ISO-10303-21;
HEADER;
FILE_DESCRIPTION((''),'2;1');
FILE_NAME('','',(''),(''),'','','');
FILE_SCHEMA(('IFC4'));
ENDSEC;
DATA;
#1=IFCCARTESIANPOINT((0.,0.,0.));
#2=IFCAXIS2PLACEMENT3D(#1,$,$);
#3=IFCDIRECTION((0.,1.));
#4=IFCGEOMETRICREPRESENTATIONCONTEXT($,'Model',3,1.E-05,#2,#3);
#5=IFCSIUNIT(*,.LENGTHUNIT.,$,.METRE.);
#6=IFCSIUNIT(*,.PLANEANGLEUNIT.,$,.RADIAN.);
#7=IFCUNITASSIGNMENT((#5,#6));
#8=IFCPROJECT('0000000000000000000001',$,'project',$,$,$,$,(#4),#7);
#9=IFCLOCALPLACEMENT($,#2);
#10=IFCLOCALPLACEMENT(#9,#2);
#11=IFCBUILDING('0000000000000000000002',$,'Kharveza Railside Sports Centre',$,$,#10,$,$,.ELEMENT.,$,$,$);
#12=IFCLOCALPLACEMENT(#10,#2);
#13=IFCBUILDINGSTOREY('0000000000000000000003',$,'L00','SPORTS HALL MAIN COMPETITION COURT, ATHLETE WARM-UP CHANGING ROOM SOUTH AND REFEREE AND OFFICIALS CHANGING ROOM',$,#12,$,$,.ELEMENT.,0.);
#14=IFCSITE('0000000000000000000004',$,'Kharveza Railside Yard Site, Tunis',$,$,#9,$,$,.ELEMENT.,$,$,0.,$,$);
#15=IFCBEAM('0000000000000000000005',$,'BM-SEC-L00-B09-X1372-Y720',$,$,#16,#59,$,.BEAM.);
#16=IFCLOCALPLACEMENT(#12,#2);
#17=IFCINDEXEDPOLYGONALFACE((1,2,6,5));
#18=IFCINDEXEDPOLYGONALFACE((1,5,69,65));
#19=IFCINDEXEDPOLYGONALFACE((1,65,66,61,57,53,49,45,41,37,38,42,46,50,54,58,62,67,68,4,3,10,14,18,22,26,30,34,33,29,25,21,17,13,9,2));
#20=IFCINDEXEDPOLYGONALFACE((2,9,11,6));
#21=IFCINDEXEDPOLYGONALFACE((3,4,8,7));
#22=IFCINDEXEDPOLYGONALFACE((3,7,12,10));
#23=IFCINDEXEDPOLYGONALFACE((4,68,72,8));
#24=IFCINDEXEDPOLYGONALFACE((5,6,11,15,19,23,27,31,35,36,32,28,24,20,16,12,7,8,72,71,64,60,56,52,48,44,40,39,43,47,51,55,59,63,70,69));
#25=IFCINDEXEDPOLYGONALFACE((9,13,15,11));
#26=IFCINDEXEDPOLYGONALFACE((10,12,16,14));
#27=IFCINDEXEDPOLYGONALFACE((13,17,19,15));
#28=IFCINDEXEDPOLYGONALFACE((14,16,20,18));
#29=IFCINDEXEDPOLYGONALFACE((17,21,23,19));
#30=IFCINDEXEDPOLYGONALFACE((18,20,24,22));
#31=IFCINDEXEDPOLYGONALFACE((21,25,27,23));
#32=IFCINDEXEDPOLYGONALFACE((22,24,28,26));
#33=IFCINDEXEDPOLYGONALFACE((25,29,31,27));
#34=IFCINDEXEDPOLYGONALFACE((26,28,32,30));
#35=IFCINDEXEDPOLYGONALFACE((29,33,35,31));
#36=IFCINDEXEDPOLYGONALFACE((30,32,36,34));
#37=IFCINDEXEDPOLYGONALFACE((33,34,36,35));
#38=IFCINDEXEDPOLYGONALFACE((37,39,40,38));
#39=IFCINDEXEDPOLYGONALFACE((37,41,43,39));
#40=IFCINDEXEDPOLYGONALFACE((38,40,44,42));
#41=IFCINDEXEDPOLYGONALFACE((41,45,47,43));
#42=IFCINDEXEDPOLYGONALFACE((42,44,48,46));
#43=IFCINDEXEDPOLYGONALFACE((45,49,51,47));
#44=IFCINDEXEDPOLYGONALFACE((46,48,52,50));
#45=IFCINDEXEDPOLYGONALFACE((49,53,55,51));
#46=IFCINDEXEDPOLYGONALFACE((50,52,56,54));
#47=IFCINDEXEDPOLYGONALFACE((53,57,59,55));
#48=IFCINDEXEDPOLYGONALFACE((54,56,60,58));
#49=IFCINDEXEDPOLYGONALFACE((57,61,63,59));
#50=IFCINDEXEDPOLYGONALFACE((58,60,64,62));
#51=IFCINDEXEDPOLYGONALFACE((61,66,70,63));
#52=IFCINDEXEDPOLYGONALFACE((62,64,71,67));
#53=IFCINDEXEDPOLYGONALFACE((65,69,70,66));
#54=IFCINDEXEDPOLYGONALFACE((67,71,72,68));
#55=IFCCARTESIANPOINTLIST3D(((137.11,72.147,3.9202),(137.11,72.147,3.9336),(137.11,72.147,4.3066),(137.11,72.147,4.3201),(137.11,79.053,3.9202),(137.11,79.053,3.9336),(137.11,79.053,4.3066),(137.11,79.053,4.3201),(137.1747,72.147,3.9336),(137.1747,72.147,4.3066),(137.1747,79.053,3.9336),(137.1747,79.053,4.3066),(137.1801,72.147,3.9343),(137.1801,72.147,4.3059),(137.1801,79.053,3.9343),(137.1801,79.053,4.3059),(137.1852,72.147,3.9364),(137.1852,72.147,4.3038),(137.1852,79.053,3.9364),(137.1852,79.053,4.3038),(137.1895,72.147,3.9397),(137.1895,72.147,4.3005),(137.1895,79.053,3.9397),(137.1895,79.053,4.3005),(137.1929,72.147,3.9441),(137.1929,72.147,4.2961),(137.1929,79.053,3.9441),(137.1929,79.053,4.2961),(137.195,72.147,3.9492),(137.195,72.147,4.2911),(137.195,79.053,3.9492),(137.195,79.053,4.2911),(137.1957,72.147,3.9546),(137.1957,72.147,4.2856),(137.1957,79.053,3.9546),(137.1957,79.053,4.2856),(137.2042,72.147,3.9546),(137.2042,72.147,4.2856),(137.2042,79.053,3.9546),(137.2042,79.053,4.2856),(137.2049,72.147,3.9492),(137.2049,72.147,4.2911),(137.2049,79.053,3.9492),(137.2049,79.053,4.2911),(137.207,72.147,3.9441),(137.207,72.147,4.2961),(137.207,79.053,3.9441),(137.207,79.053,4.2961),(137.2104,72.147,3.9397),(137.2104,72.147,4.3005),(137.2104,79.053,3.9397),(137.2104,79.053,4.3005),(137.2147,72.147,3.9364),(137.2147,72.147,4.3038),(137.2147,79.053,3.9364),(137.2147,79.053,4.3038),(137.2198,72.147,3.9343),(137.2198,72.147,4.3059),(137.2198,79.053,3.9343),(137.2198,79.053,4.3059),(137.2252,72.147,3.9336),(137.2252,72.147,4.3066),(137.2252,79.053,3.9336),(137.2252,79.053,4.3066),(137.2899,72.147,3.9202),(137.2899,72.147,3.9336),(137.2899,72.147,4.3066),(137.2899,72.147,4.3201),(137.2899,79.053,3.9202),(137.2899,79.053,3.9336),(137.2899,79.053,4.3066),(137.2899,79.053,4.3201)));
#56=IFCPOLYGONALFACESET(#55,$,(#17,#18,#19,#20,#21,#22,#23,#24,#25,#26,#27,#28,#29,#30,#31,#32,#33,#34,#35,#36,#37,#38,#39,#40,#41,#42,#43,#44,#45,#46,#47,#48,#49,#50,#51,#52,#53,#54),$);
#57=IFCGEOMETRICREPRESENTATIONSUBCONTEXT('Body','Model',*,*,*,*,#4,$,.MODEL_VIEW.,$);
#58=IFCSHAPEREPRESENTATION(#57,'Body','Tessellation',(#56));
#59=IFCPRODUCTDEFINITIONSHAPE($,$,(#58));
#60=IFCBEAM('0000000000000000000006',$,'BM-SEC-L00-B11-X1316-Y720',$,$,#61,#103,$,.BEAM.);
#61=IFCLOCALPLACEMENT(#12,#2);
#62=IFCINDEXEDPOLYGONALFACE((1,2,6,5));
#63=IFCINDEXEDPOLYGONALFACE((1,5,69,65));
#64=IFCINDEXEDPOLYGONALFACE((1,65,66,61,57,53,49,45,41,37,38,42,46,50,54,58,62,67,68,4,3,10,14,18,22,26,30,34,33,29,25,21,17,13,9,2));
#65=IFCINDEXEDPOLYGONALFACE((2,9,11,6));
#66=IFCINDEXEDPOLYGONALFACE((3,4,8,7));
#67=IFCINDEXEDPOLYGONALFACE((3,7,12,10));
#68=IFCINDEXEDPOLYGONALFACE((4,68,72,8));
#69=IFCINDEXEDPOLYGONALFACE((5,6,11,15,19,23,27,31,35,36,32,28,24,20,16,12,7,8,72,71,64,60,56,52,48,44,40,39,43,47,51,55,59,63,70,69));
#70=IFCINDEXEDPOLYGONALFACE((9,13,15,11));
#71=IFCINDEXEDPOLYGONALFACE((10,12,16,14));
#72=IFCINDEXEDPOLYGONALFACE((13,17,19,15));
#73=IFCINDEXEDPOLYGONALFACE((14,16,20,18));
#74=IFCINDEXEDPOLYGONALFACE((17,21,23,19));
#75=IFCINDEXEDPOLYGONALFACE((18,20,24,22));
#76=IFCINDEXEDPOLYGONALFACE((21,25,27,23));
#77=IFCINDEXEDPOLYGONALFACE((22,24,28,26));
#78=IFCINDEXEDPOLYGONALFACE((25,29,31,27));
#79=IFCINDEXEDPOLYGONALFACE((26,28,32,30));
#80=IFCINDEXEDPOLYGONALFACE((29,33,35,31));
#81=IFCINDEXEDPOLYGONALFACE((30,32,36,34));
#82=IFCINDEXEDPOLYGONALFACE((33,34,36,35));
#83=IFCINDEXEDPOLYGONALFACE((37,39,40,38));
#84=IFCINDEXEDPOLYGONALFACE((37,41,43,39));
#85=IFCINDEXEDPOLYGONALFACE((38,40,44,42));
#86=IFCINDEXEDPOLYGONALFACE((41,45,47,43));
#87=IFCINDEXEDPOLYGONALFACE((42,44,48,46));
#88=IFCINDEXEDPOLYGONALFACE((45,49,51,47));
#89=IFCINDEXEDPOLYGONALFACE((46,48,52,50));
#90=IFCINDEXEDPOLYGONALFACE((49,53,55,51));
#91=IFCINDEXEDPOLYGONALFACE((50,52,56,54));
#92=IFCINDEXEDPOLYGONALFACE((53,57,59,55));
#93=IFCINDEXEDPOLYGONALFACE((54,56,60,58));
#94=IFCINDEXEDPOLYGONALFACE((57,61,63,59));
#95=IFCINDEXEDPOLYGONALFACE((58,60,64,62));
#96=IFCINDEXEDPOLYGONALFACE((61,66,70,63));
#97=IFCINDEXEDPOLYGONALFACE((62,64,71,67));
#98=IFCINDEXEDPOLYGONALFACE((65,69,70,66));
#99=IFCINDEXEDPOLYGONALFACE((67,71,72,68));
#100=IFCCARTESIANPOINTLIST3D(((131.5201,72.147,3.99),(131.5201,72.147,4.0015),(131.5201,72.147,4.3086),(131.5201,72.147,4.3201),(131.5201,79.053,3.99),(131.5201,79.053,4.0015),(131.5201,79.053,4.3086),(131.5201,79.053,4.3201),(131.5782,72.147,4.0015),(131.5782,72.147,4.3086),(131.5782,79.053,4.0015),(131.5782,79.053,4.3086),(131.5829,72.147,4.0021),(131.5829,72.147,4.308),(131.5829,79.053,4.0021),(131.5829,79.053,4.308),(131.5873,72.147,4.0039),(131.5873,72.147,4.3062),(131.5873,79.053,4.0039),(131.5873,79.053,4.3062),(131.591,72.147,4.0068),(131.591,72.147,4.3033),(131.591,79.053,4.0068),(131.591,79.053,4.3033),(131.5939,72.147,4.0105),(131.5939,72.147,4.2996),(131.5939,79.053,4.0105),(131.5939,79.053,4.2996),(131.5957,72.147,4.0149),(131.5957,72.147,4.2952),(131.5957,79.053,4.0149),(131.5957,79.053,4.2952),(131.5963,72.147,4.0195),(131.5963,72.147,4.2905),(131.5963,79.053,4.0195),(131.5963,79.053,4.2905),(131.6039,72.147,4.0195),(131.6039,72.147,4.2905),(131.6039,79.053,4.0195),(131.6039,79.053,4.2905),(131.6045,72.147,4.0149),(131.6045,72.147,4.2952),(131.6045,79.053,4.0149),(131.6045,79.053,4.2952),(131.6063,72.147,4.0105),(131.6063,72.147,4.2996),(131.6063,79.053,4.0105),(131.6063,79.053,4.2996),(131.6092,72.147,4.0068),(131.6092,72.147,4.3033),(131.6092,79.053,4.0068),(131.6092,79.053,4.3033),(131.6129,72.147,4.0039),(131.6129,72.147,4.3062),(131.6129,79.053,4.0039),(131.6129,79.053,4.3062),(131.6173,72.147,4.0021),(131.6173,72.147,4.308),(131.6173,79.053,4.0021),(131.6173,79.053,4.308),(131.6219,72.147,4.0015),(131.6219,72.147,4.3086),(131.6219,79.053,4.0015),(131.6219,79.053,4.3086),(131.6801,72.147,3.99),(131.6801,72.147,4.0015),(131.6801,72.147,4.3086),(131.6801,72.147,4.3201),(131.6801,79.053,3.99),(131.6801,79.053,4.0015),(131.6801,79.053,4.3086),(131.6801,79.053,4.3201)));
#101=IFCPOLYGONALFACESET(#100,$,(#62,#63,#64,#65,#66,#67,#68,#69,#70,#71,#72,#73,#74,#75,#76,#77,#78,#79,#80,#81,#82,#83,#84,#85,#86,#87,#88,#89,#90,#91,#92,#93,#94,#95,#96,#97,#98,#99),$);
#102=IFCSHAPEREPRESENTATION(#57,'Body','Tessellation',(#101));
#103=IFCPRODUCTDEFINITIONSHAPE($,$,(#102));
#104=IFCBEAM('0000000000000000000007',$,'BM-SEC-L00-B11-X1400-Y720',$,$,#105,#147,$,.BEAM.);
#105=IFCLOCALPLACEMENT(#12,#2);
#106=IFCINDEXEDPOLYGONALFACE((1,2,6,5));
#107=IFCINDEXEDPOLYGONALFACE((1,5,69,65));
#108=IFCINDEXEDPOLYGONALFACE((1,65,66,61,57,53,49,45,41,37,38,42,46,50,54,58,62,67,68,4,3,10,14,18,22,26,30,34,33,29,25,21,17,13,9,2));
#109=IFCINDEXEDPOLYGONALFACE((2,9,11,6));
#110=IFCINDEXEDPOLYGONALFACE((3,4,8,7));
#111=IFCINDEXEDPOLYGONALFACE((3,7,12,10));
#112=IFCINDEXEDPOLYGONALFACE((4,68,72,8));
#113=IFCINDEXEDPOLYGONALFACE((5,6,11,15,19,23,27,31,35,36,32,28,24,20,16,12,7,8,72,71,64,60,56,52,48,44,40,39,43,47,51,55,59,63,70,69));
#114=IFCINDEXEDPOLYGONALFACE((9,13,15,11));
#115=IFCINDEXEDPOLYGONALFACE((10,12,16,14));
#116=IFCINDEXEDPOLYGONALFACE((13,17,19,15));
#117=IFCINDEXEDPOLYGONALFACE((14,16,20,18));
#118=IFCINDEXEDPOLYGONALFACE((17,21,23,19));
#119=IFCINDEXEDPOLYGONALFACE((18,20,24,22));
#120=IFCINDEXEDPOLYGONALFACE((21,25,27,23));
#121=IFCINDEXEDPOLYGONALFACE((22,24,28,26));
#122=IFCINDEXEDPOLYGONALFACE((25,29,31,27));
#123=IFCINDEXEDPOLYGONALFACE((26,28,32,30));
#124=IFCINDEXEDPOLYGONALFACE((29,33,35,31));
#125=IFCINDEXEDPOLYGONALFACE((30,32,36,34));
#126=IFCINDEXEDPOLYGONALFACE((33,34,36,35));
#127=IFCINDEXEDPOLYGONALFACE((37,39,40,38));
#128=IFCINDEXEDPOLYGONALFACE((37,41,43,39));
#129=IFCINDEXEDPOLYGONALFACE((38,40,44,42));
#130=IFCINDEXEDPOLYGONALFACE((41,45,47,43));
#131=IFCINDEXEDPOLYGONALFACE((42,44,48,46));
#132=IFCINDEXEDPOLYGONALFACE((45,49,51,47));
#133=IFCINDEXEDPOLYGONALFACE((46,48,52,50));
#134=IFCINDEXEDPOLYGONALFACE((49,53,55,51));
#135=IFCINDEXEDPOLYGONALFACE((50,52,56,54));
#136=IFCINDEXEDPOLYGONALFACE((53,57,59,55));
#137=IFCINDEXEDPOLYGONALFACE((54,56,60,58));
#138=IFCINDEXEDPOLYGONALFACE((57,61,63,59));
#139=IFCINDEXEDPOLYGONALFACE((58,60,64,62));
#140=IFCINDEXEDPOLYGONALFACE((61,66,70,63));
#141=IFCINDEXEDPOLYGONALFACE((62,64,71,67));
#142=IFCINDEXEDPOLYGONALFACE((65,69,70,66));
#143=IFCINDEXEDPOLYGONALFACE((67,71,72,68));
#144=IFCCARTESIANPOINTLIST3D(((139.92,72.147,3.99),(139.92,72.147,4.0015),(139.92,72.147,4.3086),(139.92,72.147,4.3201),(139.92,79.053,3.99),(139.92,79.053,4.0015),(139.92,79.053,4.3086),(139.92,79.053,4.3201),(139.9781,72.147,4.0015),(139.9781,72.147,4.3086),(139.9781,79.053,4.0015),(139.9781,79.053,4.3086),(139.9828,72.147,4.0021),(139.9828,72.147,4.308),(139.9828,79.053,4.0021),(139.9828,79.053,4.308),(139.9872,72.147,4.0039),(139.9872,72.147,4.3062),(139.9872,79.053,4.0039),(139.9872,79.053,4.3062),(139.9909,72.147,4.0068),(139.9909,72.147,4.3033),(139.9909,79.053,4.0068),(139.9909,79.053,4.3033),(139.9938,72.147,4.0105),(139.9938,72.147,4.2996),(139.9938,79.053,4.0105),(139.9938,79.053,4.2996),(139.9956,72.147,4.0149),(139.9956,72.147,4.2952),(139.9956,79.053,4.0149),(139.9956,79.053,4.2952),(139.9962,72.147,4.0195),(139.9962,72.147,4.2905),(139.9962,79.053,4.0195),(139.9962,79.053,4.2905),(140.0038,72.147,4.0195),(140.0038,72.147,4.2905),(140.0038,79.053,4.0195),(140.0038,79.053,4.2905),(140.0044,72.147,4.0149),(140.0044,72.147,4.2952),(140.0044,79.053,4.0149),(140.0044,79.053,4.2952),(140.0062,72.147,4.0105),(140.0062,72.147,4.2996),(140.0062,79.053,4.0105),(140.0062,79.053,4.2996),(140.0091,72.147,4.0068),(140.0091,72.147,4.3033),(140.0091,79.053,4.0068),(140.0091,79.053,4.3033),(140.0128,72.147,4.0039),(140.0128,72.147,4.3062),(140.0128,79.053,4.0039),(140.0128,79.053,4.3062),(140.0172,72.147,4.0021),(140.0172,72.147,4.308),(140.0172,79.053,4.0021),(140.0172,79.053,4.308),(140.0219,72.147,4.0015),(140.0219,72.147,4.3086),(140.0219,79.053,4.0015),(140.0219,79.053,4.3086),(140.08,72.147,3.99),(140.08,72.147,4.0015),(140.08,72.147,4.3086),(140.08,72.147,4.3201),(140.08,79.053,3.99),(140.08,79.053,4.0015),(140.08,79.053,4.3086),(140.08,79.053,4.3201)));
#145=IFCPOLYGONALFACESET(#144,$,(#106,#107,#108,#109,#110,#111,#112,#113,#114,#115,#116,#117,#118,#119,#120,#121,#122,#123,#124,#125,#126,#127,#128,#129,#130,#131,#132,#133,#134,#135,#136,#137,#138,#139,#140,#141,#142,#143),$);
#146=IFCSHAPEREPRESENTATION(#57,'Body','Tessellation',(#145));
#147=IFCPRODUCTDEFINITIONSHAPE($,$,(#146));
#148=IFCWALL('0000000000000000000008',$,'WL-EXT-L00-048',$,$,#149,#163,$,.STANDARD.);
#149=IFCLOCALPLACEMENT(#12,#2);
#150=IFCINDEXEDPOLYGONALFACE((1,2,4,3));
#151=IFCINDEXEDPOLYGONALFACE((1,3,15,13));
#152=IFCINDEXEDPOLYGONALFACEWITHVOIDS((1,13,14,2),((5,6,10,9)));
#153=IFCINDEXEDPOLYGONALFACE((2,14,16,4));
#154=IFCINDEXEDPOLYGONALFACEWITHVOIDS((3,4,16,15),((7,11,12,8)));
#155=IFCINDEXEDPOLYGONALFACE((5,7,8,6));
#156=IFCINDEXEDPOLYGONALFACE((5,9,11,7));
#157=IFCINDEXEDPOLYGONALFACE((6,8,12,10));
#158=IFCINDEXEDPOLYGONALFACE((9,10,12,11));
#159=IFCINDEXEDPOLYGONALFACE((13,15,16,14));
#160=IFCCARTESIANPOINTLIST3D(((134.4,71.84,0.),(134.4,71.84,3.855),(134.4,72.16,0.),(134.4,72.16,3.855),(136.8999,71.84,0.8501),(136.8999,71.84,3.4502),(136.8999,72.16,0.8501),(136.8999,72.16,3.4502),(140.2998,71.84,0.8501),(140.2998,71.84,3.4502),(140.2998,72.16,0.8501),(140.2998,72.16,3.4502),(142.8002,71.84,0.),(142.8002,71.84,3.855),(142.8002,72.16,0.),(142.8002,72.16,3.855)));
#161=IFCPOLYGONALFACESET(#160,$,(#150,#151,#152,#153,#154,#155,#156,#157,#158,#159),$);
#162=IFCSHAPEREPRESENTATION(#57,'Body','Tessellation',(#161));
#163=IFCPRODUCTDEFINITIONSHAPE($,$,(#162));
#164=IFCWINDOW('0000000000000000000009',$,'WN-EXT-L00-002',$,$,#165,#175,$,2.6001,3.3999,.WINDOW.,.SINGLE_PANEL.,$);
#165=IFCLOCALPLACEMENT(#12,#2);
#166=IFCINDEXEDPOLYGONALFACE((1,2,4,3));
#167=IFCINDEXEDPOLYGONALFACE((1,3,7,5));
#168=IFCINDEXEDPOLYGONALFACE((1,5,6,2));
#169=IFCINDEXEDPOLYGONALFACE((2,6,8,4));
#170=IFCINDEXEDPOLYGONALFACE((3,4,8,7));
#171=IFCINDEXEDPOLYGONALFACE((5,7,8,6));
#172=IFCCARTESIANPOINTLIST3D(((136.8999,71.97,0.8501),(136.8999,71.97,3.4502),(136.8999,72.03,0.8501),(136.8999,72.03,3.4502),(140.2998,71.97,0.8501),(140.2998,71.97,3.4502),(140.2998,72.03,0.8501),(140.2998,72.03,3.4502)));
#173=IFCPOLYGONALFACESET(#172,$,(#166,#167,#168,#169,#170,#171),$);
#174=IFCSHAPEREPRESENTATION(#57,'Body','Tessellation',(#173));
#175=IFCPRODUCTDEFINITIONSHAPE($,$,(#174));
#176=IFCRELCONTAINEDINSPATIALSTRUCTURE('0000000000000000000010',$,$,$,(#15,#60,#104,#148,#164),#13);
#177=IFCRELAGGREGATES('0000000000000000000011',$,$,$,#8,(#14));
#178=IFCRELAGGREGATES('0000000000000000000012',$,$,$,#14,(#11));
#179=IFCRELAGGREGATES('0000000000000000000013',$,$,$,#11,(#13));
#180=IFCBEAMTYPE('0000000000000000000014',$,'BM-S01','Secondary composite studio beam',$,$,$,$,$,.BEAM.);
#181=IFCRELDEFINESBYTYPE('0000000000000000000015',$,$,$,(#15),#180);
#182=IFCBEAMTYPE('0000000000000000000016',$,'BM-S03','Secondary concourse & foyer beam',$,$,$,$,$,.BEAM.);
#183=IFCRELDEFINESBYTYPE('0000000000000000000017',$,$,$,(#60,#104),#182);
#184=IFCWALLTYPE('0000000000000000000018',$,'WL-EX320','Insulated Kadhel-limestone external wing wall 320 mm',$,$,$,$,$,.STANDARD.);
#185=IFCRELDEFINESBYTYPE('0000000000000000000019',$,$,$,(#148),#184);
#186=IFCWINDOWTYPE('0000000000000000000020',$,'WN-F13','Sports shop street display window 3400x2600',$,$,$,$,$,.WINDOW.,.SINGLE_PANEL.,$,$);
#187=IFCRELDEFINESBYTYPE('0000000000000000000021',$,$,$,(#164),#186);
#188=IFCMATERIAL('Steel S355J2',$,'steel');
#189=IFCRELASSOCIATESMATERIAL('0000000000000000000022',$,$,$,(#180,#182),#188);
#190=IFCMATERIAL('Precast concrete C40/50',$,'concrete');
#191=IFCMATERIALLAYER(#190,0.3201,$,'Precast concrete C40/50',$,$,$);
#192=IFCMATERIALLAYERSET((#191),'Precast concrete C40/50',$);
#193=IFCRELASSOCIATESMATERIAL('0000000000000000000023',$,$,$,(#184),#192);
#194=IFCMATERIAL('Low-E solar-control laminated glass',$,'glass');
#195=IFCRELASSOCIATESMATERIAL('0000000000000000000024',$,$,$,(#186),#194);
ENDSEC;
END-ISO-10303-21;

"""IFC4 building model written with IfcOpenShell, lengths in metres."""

from ifc_helpers import new_model, si_unit, direction, frame, frame_2d, origin, origin_2d, place, context, subcontext, project, spatial, rectangle, i_section, extrude, material, layer, layer_set, material_profile, profile_set, type_object, element, fill, save


model = new_model("IFC4")

# Units and contexts
model_context = context("Model", 3, precision=1e-05, world=origin(), true_north=direction((0.0, 1.0)))
body_context = subcontext(model_context, "Body", "Model", "MODEL_VIEW")
ifc_project = project(units=[si_unit("LENGTHUNIT", "METRE"), si_unit("PLANEANGLEUNIT", "RADIAN")], contexts=[model_context])

# Site, building, storey
site_placement = place(None, origin())
site = spatial("IfcSite", under=ifc_project, at=site_placement, Name="Kharveza Railside Yard Site, Tunis", CompositionType="ELEMENT", RefElevation=0.0)
building_placement = place(site_placement, origin())
building = spatial("IfcBuilding", under=site, at=building_placement, Name="Kharveza Railside Sports Centre", CompositionType="ELEMENT")
storey_placement = place(building_placement, origin())
storey = spatial("IfcBuildingStorey", under=building, at=storey_placement, Name="L00", Description="SPORTS HALL MAIN COMPETITION COURT, ATHLETE WARM-UP CHANGING ROOM SOUTH AND REFEREE AND OFFICIALS CHANGING ROOM", CompositionType="ELEMENT", Elevation=0.0)

# Shared definitions
ifc_material_1 = material(Name="Steel S355J2", Category="steel")

# Beams
ifc_material_profile_1 = material_profile(ifc_material_1, i_section(OverallWidth=0.1799, OverallDepth=0.3999, WebThickness=0.0085, FlangeThickness=0.0134, FilletRadius=0.021, at=origin_2d()), Name="IPE 400")
ifc_profile_set_1 = profile_set([ifc_material_profile_1], Name="Steel S355J2")
beam_type_1 = type_object("IfcBeamType", Name="BM-S01", Description="Secondary composite studio beam", PredefinedType="BEAM", material=ifc_profile_set_1)
for number, where, z_axis, x_axis, name in (
    (1, (137.2, 72.147, 4.1201), (0.0, 1.0, 0.0), (-1.0, 0.0, 0.0), "BM-SEC-L00-B09-X1372-Y720"),
):
    element("IfcBeam", number, at=place(storey_placement, frame(where, z_axis=z_axis, x_axis=x_axis)), inside=storey, type_object=beam_type_1, Name=name, PredefinedType="BEAM", context=body_context, shape_type="SweptSolid", body=[
        extrude(i_section(OverallWidth=0.1799, OverallDepth=0.3999, WebThickness=0.0085, FlangeThickness=0.0134, FilletRadius=0.021, at=origin_2d()), origin(), (0.0, 0.0, 1.0), 6.906),
    ])
ifc_material_profile_2 = material_profile(ifc_material_1, i_section(OverallWidth=0.1599, OverallDepth=0.3301, WebThickness=0.0076, FlangeThickness=0.0115, FilletRadius=0.0181, at=origin_2d()), Name="IPE 330")
ifc_profile_set_2 = profile_set([ifc_material_profile_2], Name="Steel S355J2")
beam_type_2 = type_object("IfcBeamType", Name="BM-S03", Description="Secondary concourse & foyer beam", PredefinedType="BEAM", material=ifc_profile_set_2)
for number, where, z_axis, x_axis, name in (
    (2, (131.6001, 72.147, 4.155), (0.0, 1.0, 0.0), (-1.0, 0.0, 0.0), "BM-SEC-L00-B11-X1316-Y720"),
    (3, (140.0, 72.147, 4.155), (0.0, 1.0, 0.0), (-1.0, 0.0, 0.0), "BM-SEC-L00-B11-X1400-Y720"),
):
    element("IfcBeam", number, at=place(storey_placement, frame(where, z_axis=z_axis, x_axis=x_axis)), inside=storey, type_object=beam_type_2, Name=name, PredefinedType="BEAM", context=body_context, shape_type="SweptSolid", body=[
        extrude(i_section(OverallWidth=0.1599, OverallDepth=0.3301, WebThickness=0.0076, FlangeThickness=0.0115, FilletRadius=0.0181, at=origin_2d()), origin(), (0.0, 0.0, 1.0), 6.906),
    ])

# Wall, opening, window
ifc_material_2 = material(Name="Precast concrete C40/50", Category="concrete")
ifc_layer_1 = layer(ifc_material_2, 0.3201, Name="Precast concrete C40/50")
ifc_layer_set_1 = layer_set([ifc_layer_1], Name="Precast concrete C40/50")
wall_type_1 = type_object("IfcWallType", Name="WL-EX320", Description="Insulated Kadhel-limestone external wing wall 320 mm", PredefinedType="STANDARD", material=ifc_layer_set_1)
wall_1_placement = place(storey_placement, frame((134.3999, 72.0, 0.0), z_axis=(0.0, 0.0, 1.0), x_axis=(1.0, 0.0, 0.0)))
wall_1 = element("IfcWall", 4, at=wall_1_placement, inside=storey, type_object=wall_type_1, Name="WL-EXT-L00-048", PredefinedType="STANDARD", context=body_context, shape_type="SweptSolid", body=[
    extrude(rectangle(XDim=8.4001, YDim=0.3201, at=frame_2d((4.2002, 0.0))), origin(), (0.0, 0.0, 1.0), 3.855),
])
opening_1_placement = place(wall_1_placement, frame((2.5, 0.0, 0.8501)))
opening_1 = element("IfcOpeningElement", 5, at=opening_1_placement, cuts=wall_1, PredefinedType="OPENING", context=body_context, shape_type="SweptSolid", body=[
    extrude(rectangle(XDim=3.3999, YDim=2.6001, at=frame_2d((1.7, 1.3))), frame((0.0, 0.1851, 0.0), z_axis=(0.0, -1.0, 0.0), x_axis=(1.0, 0.0, 0.0)), (0.0, 0.0, 1.0), 0.3699),
])
ifc_material_3 = material(Name="Low-E solar-control laminated glass", Category="glass")
window_type = type_object("IfcWindowType", Name="WN-F13", Description="Sports shop street display window 3400x2600", PartitioningType="SINGLE_PANEL", PredefinedType="WINDOW", material=ifc_material_3)
window_placement = place(opening_1_placement, origin())
window = element("IfcWindow", 6, at=window_placement, inside=storey, type_object=window_type, Name="WN-EXT-L00-002", OverallHeight=2.6001, OverallWidth=3.3999, PartitioningType="SINGLE_PANEL", PredefinedType="WINDOW", context=body_context, shape_type="SweptSolid", body=[
    extrude(rectangle(XDim=3.3999, YDim=2.6001, at=frame_2d((1.7, 1.3))), frame((0.0, 0.03, 0.0), z_axis=(0.0, -1.0, 0.0), x_axis=(1.0, 0.0, 0.0)), (0.0, 0.0, 1.0), 0.0601),
])
fill(opening_1, window)

save(model, "model.ifc")
